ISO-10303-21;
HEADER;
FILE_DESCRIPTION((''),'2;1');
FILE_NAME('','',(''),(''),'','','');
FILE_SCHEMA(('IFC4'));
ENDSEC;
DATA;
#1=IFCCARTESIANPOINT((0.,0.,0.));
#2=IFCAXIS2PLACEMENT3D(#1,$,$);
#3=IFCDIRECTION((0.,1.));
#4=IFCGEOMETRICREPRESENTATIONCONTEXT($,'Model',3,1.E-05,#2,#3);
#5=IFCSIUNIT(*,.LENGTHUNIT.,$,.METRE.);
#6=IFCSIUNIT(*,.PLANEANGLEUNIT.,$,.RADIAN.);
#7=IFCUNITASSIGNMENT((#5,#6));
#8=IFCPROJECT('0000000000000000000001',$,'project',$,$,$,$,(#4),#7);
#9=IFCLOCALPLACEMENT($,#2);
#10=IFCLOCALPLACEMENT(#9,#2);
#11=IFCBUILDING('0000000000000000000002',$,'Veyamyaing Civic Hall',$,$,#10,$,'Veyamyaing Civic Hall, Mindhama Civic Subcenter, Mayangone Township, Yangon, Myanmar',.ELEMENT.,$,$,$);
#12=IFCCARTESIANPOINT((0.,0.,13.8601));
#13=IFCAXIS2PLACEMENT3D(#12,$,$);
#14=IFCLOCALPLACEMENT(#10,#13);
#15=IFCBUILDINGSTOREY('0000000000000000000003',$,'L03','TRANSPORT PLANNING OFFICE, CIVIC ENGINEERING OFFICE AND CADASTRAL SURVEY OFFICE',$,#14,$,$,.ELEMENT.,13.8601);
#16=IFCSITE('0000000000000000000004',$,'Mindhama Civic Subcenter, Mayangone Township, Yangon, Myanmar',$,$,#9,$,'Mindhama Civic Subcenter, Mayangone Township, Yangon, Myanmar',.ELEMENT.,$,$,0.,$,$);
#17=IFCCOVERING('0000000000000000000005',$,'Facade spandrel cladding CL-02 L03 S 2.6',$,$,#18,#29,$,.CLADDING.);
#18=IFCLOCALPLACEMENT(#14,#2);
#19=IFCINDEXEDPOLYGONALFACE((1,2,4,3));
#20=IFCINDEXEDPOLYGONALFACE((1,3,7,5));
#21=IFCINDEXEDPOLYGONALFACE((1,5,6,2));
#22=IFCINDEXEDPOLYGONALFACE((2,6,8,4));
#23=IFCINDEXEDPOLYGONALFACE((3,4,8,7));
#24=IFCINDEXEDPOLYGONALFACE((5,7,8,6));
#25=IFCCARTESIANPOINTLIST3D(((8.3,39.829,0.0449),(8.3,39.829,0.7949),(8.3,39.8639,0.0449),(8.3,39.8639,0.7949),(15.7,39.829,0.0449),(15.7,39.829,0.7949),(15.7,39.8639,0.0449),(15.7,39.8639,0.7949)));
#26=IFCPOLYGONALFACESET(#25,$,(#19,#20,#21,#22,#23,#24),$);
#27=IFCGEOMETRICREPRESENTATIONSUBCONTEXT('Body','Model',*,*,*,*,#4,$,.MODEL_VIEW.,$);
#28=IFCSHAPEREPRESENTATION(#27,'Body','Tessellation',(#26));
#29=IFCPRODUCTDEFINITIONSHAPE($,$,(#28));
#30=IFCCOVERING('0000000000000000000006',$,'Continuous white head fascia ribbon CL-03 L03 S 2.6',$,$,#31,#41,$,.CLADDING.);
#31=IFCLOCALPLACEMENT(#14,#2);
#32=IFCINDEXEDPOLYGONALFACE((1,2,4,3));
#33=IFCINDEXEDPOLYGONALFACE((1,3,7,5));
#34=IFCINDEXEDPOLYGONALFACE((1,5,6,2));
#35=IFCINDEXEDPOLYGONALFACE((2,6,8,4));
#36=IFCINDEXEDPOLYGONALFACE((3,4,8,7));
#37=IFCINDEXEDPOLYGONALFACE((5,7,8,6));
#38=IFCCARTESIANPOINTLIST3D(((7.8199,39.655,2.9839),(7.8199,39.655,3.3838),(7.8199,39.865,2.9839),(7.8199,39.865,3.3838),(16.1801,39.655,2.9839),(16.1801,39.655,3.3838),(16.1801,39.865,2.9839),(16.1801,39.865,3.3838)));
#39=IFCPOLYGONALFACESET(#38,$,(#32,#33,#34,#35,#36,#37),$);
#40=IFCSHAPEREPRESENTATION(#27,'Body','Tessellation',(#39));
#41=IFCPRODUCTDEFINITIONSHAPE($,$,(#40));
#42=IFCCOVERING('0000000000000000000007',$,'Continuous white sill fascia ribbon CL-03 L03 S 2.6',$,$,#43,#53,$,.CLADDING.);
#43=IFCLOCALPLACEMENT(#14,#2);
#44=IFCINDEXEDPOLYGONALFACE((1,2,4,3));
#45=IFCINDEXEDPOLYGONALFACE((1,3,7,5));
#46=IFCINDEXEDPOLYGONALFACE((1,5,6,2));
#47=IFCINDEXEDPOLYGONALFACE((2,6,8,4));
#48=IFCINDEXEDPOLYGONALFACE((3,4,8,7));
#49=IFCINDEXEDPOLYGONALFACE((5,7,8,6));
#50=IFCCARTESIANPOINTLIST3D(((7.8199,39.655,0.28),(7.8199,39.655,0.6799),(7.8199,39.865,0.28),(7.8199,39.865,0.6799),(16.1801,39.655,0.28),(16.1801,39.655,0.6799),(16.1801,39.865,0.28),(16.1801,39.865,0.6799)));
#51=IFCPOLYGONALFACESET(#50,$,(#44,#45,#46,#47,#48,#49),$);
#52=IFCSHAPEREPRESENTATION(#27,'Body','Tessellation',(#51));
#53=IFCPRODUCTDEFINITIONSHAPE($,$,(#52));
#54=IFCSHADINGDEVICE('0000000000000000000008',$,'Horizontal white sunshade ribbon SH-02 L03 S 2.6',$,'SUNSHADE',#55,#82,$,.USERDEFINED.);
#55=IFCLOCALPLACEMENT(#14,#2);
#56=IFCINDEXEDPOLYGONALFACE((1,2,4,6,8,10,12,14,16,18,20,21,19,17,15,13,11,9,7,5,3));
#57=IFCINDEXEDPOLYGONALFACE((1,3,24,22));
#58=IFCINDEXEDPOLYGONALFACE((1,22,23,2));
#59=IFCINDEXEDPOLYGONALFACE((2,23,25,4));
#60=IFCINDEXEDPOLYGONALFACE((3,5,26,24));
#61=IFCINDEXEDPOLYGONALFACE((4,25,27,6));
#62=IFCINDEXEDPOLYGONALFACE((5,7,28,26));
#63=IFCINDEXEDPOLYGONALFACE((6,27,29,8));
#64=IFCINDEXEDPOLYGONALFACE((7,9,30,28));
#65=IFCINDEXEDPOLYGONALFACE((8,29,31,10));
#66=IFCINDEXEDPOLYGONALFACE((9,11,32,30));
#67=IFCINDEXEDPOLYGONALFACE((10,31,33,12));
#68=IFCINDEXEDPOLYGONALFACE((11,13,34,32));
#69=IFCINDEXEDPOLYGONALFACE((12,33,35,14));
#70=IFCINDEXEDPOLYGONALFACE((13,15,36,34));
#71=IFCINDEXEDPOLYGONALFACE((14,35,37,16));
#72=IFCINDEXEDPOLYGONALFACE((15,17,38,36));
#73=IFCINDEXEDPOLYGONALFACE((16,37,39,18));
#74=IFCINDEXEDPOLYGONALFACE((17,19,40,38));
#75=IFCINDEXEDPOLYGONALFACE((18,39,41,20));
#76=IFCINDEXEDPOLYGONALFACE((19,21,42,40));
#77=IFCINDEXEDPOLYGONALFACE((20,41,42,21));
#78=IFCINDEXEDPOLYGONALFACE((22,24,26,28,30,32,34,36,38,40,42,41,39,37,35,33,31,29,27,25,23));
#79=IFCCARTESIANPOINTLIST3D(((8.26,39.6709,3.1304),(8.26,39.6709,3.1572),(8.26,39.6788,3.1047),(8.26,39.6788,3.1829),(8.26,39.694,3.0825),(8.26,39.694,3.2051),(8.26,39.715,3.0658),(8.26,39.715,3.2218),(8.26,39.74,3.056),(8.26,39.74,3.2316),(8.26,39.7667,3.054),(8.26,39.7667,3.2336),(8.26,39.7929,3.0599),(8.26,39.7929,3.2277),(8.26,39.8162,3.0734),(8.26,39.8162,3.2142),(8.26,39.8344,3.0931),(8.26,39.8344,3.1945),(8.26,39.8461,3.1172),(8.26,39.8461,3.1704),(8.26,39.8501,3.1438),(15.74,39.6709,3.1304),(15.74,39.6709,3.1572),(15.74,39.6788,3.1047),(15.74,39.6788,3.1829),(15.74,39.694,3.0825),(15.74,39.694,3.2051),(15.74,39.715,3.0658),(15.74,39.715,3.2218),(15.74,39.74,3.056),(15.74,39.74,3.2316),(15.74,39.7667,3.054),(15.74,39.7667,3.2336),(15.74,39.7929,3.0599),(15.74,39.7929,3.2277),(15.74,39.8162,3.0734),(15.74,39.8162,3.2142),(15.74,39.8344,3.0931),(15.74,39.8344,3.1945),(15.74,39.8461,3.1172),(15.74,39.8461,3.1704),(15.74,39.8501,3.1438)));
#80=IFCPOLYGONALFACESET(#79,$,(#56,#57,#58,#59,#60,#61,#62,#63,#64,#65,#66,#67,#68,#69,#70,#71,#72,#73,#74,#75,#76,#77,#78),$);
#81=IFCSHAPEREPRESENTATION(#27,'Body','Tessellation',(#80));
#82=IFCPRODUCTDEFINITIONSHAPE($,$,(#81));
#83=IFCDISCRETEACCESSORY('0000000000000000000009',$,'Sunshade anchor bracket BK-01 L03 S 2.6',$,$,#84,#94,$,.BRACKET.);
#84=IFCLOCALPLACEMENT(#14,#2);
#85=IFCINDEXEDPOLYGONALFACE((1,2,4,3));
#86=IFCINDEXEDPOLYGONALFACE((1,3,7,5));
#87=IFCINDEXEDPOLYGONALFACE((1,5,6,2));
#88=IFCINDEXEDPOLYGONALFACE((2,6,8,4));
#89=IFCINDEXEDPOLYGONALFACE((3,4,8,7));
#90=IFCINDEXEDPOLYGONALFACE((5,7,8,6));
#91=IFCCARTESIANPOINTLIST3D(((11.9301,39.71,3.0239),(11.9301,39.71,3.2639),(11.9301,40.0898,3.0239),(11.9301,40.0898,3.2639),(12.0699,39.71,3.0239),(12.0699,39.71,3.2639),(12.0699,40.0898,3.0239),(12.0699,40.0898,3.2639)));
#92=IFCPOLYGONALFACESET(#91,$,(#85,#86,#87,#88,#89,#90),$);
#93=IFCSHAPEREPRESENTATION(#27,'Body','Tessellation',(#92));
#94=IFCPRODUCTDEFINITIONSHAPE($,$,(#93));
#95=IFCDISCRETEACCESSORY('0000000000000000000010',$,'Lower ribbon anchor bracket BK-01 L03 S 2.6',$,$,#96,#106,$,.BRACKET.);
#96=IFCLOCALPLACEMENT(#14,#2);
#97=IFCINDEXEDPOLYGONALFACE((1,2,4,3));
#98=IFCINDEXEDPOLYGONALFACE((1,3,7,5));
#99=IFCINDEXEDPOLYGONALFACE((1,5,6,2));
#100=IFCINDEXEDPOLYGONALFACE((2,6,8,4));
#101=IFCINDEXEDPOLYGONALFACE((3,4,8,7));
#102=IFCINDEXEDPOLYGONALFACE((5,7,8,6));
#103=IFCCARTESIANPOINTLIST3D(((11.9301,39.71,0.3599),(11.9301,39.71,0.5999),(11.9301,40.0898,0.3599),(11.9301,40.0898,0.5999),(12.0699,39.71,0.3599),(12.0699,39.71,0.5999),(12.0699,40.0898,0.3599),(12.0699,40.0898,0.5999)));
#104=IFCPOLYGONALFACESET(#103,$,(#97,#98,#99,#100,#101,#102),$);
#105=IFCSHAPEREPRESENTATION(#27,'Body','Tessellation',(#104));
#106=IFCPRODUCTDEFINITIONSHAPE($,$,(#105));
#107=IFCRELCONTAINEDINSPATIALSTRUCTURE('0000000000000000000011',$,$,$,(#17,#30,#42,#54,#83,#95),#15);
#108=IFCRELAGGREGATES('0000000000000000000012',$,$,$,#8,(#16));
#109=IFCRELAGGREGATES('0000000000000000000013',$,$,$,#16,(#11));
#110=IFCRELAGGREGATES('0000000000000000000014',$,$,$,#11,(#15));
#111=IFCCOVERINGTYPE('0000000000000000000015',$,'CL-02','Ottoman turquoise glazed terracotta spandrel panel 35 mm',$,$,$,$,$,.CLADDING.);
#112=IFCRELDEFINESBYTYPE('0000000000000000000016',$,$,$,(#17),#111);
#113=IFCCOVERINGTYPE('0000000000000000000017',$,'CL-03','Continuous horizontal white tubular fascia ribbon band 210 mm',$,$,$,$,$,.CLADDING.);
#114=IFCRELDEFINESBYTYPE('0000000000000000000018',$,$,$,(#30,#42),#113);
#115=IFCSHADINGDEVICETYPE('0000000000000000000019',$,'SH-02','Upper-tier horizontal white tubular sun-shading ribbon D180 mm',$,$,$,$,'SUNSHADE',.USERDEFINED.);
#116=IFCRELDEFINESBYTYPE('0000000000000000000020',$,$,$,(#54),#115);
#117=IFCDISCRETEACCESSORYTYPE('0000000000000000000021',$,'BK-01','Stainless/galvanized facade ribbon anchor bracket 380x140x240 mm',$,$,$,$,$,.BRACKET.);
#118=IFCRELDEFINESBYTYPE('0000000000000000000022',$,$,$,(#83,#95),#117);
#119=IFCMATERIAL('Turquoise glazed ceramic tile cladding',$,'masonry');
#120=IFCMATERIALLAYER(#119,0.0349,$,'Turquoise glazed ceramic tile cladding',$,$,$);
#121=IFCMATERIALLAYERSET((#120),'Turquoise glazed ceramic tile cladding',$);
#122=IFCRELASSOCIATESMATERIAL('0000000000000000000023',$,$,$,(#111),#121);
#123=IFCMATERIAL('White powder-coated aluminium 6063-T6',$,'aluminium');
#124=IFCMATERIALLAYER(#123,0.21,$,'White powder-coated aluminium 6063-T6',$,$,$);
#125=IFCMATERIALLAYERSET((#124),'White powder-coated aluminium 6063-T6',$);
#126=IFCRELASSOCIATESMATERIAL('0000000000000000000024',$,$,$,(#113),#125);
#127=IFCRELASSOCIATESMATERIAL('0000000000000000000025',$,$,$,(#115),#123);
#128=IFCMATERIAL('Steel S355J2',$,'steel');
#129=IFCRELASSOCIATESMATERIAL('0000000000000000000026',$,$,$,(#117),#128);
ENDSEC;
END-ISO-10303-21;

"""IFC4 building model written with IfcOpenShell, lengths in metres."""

from ifc_helpers import new_model, si_unit, direction, frame, origin, origin_2d, place, context, subcontext, project, spatial, rectangle, circle, extrude, material, layer, layer_set, material_profile, profile_set, type_object, element, save


model = new_model("IFC4")

# Units and contexts
model_context = context("Model", 3, precision=1e-05, world=origin(), true_north=direction((0.0, 1.0)))
body_context = subcontext(model_context, "Body", "Model", "MODEL_VIEW")
ifc_project = project(units=[si_unit("LENGTHUNIT", "METRE"), si_unit("PLANEANGLEUNIT", "RADIAN")], contexts=[model_context])

# Site, building, storey
site_placement = place(None, origin())
site = spatial("IfcSite", under=ifc_project, at=site_placement, Name="Mindhama Civic Subcenter, Mayangone Township, Yangon, Myanmar", LongName="Mindhama Civic Subcenter, Mayangone Township, Yangon, Myanmar", CompositionType="ELEMENT", RefElevation=0.0)
building_placement = place(site_placement, origin())
building = spatial("IfcBuilding", under=site, at=building_placement, Name="Veyamyaing Civic Hall", LongName="Veyamyaing Civic Hall, Mindhama Civic Subcenter, Mayangone Township, Yangon, Myanmar", CompositionType="ELEMENT")
storey_placement = place(building_placement, frame((0.0, 0.0, 13.8601)))
storey = spatial("IfcBuildingStorey", under=building, at=storey_placement, Name="L03", Description="TRANSPORT PLANNING OFFICE, CIVIC ENGINEERING OFFICE AND CADASTRAL SURVEY OFFICE", CompositionType="ELEMENT", Elevation=13.8601)

# Coverings
ifc_material_1 = material(Name="Turquoise glazed ceramic tile cladding", Category="masonry")
ifc_layer_1 = layer(ifc_material_1, 0.0349, Name="Turquoise glazed ceramic tile cladding")
ifc_layer_set_1 = layer_set([ifc_layer_1], Name="Turquoise glazed ceramic tile cladding")
covering_type_1 = type_object("IfcCoveringType", Name="CL-02", Description="Ottoman turquoise glazed terracotta spandrel panel 35 mm", PredefinedType="CLADDING", material=ifc_layer_set_1)
covering_placement = place(storey_placement, frame((12.0, 39.8464, 0.0449), z_axis=(0.0, 0.0, 1.0), x_axis=(1.0, 0.0, 0.0)))
element("IfcCovering", 1, at=covering_placement, inside=storey, type_object=covering_type_1, Name="Facade spandrel cladding CL-02 L03 S 2.6", PredefinedType="CLADDING", context=body_context, shape_type="SweptSolid", body=[
    extrude(rectangle(XDim=7.3999, YDim=0.0349, at=origin_2d()), origin(), (0.0, 0.0, 1.0), 0.75),
])
ifc_material_2 = material(Name="White powder-coated aluminium 6063-T6", Category="aluminium")
ifc_layer_2 = layer(ifc_material_2, 0.21, Name="White powder-coated aluminium 6063-T6")
ifc_layer_set_2 = layer_set([ifc_layer_2], Name="White powder-coated aluminium 6063-T6")
covering_type_2 = type_object("IfcCoveringType", Name="CL-03", Description="Continuous horizontal white tubular fascia ribbon band 210 mm", PredefinedType="CLADDING", material=ifc_layer_set_2)
for number, where, z_axis, x_axis, name in (
    (2, (12.0, 39.76, 2.9839), (0.0, 0.0, 1.0), (1.0, 0.0, 0.0), "Continuous white head fascia ribbon CL-03 L03 S 2.6"),
    (3, (12.0, 39.76, 0.28), (0.0, 0.0, 1.0), (1.0, 0.0, 0.0), "Continuous white sill fascia ribbon CL-03 L03 S 2.6"),
):
    element("IfcCovering", number, at=place(storey_placement, frame(where, z_axis=z_axis, x_axis=x_axis)), inside=storey, type_object=covering_type_2, Name=name, PredefinedType="CLADDING", context=body_context, shape_type="SweptSolid", body=[
        extrude(rectangle(XDim=8.3601, YDim=0.21, at=origin_2d()), origin(), (0.0, 0.0, 1.0), 0.3999),
    ])

# Shading device
ifc_material_profile_1 = material_profile(ifc_material_2, circle(Radius=0.0901, at=origin_2d()), Name="SHADE-TUBE-180")
ifc_profile_set_1 = profile_set([ifc_material_profile_1], Name="White powder-coated aluminium 6063-T6")
shading_device_type = type_object("IfcShadingDeviceType", Name="SH-02", Description="Upper-tier horizontal white tubular sun-shading ribbon D180 mm", ElementType="SUNSHADE", PredefinedType="USERDEFINED", material=ifc_profile_set_1)
shading_device_placement = place(storey_placement, frame((8.26, 39.76, 3.1438), z_axis=(1.0, 0.0, 0.0), x_axis=(0.0, 1.0, 0.0)))
element("IfcShadingDevice", 4, at=shading_device_placement, inside=storey, type_object=shading_device_type, Name="Horizontal white sunshade ribbon SH-02 L03 S 2.6", ObjectType="SUNSHADE", PredefinedType="USERDEFINED", context=body_context, shape_type="SweptSolid", body=[
    extrude(circle(Radius=0.0901, at=origin_2d()), origin(), (0.0, 0.0, 1.0), 7.48),
])

# Discrete accessories
ifc_material_3 = material(Name="Steel S355J2", Category="steel")
discrete_accessory_type = type_object("IfcDiscreteAccessoryType", Name="BK-01", Description="Stainless/galvanized facade ribbon anchor bracket 380x140x240 mm", PredefinedType="BRACKET", material=ifc_material_3)
for number, where, z_axis, x_axis, name in (
    (5, (12.0, 39.8999, 3.0239), (0.0, 0.0, 1.0), (0.0, -1.0, 0.0), "Sunshade anchor bracket BK-01 L03 S 2.6"),
    (6, (12.0, 39.8999, 0.3599), (0.0, 0.0, 1.0), (0.0, -1.0, 0.0), "Lower ribbon anchor bracket BK-01 L03 S 2.6"),
):
    element("IfcDiscreteAccessory", number, at=place(storey_placement, frame(where, z_axis=z_axis, x_axis=x_axis)), inside=storey, type_object=discrete_accessory_type, Name=name, PredefinedType="BRACKET", context=body_context, shape_type="SweptSolid", body=[
        extrude(rectangle(XDim=0.3799, YDim=0.1399, at=origin_2d()), origin(), (0.0, 0.0, 1.0), 0.24),
    ])

save(model, "model.ifc")
